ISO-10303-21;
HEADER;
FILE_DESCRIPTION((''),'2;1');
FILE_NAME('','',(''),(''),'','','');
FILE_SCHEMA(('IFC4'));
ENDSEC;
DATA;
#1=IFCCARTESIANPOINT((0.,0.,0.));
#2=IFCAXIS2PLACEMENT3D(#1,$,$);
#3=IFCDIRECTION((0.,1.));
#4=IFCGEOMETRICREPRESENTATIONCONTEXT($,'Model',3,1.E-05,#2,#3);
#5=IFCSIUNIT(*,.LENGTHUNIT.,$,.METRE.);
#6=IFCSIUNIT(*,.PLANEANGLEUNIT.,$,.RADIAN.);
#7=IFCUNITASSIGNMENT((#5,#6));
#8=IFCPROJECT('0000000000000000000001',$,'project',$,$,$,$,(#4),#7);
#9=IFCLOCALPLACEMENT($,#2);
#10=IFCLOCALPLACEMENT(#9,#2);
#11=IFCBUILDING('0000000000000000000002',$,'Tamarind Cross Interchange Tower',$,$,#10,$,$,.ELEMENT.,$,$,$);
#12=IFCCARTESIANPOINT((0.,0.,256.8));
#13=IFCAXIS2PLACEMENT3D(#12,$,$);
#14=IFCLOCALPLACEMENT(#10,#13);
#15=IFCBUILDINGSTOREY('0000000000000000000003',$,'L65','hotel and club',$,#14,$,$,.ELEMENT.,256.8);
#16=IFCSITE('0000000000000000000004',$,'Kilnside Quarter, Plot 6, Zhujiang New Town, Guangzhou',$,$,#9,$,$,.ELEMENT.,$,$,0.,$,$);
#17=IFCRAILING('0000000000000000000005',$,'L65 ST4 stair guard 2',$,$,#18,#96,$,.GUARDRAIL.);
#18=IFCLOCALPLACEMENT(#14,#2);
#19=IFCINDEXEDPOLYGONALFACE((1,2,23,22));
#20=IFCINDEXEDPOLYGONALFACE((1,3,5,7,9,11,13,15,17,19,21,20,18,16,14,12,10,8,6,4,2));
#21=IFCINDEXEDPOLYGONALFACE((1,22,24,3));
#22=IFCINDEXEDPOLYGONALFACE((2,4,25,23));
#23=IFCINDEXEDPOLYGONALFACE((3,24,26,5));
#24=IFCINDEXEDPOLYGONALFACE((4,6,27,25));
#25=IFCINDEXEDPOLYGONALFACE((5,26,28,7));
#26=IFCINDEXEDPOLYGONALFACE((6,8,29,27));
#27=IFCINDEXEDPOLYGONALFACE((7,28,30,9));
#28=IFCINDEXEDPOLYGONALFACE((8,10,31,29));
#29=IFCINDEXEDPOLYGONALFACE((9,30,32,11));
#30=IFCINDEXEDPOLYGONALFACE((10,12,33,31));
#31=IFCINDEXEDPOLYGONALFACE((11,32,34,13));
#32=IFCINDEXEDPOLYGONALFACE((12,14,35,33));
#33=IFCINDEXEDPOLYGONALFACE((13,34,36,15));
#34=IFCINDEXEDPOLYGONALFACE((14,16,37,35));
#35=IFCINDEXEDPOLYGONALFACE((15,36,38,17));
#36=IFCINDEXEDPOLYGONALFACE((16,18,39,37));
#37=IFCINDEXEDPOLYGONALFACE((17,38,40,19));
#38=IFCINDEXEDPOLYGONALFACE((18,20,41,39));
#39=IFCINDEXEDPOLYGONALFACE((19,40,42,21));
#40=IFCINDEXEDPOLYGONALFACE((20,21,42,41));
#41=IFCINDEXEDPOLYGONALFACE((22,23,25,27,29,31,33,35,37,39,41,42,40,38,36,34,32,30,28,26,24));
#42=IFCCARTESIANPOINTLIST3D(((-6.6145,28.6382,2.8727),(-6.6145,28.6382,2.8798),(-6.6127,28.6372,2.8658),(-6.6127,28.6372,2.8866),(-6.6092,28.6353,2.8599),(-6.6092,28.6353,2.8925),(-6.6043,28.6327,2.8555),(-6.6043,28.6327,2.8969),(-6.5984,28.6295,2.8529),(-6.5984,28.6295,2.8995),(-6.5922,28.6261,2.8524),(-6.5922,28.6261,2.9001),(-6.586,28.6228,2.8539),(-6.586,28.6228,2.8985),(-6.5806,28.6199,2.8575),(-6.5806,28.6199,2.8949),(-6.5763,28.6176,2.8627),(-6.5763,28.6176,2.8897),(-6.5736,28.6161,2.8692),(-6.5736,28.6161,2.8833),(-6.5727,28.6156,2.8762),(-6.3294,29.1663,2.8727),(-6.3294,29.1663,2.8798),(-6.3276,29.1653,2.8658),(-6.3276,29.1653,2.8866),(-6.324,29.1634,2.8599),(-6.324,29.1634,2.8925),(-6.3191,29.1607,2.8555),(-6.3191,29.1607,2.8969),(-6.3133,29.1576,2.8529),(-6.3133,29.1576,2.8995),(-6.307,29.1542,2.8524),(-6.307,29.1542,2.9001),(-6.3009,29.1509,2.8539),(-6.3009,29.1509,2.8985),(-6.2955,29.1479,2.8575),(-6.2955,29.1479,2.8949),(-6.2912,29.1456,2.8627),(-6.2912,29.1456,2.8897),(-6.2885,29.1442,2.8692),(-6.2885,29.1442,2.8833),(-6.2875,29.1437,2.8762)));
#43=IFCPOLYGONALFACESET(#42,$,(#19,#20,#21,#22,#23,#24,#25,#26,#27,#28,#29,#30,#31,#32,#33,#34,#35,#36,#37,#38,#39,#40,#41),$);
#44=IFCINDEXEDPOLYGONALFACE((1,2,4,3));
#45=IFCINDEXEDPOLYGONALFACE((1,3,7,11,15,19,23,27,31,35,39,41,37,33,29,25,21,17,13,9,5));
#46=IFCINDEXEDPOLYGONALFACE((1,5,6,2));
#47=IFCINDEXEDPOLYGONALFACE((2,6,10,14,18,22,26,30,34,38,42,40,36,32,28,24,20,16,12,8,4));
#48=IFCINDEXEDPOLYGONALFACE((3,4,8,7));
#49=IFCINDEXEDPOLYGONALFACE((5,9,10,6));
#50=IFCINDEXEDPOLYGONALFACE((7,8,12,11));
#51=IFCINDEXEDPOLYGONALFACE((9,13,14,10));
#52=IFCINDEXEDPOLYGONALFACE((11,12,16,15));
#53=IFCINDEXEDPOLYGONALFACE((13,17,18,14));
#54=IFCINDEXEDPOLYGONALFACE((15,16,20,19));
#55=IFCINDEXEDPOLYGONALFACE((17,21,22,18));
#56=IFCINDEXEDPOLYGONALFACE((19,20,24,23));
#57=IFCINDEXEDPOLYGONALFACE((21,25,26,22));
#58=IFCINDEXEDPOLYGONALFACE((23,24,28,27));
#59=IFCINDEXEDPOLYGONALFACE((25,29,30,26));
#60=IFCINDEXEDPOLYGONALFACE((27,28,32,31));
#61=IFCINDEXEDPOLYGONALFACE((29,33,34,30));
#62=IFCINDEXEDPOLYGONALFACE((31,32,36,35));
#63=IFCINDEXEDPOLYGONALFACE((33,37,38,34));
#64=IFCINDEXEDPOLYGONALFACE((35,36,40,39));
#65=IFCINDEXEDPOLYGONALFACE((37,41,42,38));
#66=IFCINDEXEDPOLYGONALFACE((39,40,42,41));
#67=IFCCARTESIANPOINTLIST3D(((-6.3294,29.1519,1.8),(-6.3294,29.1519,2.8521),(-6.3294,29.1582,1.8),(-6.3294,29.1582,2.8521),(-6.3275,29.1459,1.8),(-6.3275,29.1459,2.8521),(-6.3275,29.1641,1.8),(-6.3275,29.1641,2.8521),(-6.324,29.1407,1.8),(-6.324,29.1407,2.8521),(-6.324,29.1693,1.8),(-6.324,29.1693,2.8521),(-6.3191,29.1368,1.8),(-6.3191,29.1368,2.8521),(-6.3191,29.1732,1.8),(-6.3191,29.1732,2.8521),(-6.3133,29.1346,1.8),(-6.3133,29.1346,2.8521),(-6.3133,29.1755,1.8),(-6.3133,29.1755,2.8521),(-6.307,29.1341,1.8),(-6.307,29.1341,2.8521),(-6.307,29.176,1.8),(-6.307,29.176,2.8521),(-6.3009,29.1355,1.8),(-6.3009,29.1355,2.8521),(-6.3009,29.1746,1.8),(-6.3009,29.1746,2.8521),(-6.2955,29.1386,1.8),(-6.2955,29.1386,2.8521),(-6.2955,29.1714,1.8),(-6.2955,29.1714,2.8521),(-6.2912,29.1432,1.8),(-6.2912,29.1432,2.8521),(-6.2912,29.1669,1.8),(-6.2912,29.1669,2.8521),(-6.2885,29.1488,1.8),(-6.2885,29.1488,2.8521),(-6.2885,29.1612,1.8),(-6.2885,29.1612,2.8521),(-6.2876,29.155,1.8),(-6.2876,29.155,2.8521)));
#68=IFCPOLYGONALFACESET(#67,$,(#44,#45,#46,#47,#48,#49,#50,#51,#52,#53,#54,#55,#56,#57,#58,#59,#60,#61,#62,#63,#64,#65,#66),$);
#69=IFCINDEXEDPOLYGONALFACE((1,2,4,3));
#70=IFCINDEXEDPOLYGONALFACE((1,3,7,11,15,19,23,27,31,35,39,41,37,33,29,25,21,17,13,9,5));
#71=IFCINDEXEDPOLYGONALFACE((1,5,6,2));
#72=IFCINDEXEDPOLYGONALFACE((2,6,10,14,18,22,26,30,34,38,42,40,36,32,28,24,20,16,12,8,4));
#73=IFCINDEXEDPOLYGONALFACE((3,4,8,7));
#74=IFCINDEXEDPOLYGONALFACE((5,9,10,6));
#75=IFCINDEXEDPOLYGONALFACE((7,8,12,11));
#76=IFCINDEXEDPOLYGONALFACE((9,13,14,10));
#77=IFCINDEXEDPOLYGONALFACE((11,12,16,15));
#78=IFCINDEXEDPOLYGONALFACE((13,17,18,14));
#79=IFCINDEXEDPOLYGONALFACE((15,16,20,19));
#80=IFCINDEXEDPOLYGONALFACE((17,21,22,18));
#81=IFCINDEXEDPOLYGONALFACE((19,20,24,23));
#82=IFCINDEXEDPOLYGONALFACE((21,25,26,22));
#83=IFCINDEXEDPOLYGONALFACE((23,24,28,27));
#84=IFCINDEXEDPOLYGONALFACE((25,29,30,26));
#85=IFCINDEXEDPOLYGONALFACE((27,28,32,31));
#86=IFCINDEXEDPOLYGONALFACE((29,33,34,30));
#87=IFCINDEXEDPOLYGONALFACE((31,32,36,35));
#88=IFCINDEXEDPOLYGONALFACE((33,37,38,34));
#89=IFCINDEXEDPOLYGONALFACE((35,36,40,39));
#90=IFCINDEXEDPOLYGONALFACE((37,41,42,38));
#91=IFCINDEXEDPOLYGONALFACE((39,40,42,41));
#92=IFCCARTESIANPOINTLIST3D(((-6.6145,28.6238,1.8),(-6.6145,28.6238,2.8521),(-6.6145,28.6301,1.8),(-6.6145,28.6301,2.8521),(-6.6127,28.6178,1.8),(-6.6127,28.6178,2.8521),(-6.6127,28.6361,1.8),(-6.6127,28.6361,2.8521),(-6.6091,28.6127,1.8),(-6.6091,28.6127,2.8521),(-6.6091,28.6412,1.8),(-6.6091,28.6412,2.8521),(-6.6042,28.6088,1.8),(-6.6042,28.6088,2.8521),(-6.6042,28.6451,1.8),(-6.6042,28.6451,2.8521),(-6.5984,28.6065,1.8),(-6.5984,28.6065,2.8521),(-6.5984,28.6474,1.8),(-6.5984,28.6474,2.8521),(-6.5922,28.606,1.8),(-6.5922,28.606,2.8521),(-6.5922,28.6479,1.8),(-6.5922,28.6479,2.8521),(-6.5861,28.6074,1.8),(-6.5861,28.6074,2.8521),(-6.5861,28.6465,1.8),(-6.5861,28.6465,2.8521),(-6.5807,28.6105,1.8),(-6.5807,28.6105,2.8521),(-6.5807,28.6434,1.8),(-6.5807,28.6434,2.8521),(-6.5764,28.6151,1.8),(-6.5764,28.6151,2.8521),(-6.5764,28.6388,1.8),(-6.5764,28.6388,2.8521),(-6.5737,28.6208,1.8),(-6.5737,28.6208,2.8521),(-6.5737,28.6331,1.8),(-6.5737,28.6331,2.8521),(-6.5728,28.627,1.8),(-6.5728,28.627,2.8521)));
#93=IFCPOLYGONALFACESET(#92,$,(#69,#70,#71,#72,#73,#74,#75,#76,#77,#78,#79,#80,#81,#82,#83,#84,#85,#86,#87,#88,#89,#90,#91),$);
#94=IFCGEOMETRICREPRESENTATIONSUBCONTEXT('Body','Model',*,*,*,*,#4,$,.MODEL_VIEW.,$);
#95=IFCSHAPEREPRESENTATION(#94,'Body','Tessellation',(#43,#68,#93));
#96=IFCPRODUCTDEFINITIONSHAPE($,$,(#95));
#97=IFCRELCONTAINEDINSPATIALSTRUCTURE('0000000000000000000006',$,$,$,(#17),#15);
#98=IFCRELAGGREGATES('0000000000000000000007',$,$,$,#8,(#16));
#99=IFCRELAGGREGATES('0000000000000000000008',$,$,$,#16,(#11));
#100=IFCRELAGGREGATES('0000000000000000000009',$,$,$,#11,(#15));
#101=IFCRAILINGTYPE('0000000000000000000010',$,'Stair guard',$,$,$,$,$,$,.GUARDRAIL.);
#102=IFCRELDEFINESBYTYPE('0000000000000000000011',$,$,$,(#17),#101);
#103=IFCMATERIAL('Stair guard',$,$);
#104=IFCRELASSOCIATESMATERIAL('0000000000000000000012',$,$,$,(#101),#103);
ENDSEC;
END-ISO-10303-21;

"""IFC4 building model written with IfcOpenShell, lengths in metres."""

from ifc_helpers import new_model, si_unit, direction, frame, origin, origin_2d, place, context, subcontext, project, spatial, circle, extrude, material, type_object, element, save


model = new_model("IFC4")

# Units and contexts
model_context = context("Model", 3, precision=1e-05, world=origin(), true_north=direction((0.0, 1.0)))
body_context = subcontext(model_context, "Body", "Model", "MODEL_VIEW")
ifc_project = project(units=[si_unit("LENGTHUNIT", "METRE"), si_unit("PLANEANGLEUNIT", "RADIAN")], contexts=[model_context])

# Site, building, storey
site_placement = place(None, origin())
site = spatial("IfcSite", under=ifc_project, at=site_placement, Name="Kilnside Quarter, Plot 6, Zhujiang New Town, Guangzhou", CompositionType="ELEMENT", RefElevation=0.0)
building_placement = place(site_placement, origin())
building = spatial("IfcBuilding", under=site, at=building_placement, Name="Tamarind Cross Interchange Tower", CompositionType="ELEMENT")
storey_placement = place(building_placement, frame((0.0, 0.0, 256.8)))
storey = spatial("IfcBuildingStorey", under=building, at=storey_placement, Name="L65", Description="hotel and club", CompositionType="ELEMENT", Elevation=256.8)

# Railing
ifc_material_1 = material(Name="Stair guard")
railing_type_1 = type_object("IfcRailingType", Name="Stair guard", PredefinedType="GUARDRAIL", material=ifc_material_1)
railing_1_placement = place(storey_placement, frame((-6.3086, 29.155, 1.8)))
element("IfcRailing", 1, at=railing_1_placement, inside=storey, type_object=railing_type_1, Name="L65 ST4 stair guard 2", PredefinedType="GUARDRAIL", context=body_context, shape_type="SweptSolid", body=[
    extrude(circle(Radius=0.0239, at=origin_2d()), frame((0.0, 0.0, 1.0762), z_axis=(-0.475143, -0.879909, 0.0), x_axis=(0.879909, -0.475143, 0.0)), (0.0, 0.0, 1.0), 0.6001),
    extrude(circle(Radius=0.021, at=origin_2d()), origin(), (0.0, 0.0, 1.0), 1.052),
    extrude(circle(Radius=0.021, at=origin_2d()), frame((-0.2852, -0.5281, 0.0)), (0.0, 0.0, 1.0), 1.052),
])

save(model, "model.ifc")
